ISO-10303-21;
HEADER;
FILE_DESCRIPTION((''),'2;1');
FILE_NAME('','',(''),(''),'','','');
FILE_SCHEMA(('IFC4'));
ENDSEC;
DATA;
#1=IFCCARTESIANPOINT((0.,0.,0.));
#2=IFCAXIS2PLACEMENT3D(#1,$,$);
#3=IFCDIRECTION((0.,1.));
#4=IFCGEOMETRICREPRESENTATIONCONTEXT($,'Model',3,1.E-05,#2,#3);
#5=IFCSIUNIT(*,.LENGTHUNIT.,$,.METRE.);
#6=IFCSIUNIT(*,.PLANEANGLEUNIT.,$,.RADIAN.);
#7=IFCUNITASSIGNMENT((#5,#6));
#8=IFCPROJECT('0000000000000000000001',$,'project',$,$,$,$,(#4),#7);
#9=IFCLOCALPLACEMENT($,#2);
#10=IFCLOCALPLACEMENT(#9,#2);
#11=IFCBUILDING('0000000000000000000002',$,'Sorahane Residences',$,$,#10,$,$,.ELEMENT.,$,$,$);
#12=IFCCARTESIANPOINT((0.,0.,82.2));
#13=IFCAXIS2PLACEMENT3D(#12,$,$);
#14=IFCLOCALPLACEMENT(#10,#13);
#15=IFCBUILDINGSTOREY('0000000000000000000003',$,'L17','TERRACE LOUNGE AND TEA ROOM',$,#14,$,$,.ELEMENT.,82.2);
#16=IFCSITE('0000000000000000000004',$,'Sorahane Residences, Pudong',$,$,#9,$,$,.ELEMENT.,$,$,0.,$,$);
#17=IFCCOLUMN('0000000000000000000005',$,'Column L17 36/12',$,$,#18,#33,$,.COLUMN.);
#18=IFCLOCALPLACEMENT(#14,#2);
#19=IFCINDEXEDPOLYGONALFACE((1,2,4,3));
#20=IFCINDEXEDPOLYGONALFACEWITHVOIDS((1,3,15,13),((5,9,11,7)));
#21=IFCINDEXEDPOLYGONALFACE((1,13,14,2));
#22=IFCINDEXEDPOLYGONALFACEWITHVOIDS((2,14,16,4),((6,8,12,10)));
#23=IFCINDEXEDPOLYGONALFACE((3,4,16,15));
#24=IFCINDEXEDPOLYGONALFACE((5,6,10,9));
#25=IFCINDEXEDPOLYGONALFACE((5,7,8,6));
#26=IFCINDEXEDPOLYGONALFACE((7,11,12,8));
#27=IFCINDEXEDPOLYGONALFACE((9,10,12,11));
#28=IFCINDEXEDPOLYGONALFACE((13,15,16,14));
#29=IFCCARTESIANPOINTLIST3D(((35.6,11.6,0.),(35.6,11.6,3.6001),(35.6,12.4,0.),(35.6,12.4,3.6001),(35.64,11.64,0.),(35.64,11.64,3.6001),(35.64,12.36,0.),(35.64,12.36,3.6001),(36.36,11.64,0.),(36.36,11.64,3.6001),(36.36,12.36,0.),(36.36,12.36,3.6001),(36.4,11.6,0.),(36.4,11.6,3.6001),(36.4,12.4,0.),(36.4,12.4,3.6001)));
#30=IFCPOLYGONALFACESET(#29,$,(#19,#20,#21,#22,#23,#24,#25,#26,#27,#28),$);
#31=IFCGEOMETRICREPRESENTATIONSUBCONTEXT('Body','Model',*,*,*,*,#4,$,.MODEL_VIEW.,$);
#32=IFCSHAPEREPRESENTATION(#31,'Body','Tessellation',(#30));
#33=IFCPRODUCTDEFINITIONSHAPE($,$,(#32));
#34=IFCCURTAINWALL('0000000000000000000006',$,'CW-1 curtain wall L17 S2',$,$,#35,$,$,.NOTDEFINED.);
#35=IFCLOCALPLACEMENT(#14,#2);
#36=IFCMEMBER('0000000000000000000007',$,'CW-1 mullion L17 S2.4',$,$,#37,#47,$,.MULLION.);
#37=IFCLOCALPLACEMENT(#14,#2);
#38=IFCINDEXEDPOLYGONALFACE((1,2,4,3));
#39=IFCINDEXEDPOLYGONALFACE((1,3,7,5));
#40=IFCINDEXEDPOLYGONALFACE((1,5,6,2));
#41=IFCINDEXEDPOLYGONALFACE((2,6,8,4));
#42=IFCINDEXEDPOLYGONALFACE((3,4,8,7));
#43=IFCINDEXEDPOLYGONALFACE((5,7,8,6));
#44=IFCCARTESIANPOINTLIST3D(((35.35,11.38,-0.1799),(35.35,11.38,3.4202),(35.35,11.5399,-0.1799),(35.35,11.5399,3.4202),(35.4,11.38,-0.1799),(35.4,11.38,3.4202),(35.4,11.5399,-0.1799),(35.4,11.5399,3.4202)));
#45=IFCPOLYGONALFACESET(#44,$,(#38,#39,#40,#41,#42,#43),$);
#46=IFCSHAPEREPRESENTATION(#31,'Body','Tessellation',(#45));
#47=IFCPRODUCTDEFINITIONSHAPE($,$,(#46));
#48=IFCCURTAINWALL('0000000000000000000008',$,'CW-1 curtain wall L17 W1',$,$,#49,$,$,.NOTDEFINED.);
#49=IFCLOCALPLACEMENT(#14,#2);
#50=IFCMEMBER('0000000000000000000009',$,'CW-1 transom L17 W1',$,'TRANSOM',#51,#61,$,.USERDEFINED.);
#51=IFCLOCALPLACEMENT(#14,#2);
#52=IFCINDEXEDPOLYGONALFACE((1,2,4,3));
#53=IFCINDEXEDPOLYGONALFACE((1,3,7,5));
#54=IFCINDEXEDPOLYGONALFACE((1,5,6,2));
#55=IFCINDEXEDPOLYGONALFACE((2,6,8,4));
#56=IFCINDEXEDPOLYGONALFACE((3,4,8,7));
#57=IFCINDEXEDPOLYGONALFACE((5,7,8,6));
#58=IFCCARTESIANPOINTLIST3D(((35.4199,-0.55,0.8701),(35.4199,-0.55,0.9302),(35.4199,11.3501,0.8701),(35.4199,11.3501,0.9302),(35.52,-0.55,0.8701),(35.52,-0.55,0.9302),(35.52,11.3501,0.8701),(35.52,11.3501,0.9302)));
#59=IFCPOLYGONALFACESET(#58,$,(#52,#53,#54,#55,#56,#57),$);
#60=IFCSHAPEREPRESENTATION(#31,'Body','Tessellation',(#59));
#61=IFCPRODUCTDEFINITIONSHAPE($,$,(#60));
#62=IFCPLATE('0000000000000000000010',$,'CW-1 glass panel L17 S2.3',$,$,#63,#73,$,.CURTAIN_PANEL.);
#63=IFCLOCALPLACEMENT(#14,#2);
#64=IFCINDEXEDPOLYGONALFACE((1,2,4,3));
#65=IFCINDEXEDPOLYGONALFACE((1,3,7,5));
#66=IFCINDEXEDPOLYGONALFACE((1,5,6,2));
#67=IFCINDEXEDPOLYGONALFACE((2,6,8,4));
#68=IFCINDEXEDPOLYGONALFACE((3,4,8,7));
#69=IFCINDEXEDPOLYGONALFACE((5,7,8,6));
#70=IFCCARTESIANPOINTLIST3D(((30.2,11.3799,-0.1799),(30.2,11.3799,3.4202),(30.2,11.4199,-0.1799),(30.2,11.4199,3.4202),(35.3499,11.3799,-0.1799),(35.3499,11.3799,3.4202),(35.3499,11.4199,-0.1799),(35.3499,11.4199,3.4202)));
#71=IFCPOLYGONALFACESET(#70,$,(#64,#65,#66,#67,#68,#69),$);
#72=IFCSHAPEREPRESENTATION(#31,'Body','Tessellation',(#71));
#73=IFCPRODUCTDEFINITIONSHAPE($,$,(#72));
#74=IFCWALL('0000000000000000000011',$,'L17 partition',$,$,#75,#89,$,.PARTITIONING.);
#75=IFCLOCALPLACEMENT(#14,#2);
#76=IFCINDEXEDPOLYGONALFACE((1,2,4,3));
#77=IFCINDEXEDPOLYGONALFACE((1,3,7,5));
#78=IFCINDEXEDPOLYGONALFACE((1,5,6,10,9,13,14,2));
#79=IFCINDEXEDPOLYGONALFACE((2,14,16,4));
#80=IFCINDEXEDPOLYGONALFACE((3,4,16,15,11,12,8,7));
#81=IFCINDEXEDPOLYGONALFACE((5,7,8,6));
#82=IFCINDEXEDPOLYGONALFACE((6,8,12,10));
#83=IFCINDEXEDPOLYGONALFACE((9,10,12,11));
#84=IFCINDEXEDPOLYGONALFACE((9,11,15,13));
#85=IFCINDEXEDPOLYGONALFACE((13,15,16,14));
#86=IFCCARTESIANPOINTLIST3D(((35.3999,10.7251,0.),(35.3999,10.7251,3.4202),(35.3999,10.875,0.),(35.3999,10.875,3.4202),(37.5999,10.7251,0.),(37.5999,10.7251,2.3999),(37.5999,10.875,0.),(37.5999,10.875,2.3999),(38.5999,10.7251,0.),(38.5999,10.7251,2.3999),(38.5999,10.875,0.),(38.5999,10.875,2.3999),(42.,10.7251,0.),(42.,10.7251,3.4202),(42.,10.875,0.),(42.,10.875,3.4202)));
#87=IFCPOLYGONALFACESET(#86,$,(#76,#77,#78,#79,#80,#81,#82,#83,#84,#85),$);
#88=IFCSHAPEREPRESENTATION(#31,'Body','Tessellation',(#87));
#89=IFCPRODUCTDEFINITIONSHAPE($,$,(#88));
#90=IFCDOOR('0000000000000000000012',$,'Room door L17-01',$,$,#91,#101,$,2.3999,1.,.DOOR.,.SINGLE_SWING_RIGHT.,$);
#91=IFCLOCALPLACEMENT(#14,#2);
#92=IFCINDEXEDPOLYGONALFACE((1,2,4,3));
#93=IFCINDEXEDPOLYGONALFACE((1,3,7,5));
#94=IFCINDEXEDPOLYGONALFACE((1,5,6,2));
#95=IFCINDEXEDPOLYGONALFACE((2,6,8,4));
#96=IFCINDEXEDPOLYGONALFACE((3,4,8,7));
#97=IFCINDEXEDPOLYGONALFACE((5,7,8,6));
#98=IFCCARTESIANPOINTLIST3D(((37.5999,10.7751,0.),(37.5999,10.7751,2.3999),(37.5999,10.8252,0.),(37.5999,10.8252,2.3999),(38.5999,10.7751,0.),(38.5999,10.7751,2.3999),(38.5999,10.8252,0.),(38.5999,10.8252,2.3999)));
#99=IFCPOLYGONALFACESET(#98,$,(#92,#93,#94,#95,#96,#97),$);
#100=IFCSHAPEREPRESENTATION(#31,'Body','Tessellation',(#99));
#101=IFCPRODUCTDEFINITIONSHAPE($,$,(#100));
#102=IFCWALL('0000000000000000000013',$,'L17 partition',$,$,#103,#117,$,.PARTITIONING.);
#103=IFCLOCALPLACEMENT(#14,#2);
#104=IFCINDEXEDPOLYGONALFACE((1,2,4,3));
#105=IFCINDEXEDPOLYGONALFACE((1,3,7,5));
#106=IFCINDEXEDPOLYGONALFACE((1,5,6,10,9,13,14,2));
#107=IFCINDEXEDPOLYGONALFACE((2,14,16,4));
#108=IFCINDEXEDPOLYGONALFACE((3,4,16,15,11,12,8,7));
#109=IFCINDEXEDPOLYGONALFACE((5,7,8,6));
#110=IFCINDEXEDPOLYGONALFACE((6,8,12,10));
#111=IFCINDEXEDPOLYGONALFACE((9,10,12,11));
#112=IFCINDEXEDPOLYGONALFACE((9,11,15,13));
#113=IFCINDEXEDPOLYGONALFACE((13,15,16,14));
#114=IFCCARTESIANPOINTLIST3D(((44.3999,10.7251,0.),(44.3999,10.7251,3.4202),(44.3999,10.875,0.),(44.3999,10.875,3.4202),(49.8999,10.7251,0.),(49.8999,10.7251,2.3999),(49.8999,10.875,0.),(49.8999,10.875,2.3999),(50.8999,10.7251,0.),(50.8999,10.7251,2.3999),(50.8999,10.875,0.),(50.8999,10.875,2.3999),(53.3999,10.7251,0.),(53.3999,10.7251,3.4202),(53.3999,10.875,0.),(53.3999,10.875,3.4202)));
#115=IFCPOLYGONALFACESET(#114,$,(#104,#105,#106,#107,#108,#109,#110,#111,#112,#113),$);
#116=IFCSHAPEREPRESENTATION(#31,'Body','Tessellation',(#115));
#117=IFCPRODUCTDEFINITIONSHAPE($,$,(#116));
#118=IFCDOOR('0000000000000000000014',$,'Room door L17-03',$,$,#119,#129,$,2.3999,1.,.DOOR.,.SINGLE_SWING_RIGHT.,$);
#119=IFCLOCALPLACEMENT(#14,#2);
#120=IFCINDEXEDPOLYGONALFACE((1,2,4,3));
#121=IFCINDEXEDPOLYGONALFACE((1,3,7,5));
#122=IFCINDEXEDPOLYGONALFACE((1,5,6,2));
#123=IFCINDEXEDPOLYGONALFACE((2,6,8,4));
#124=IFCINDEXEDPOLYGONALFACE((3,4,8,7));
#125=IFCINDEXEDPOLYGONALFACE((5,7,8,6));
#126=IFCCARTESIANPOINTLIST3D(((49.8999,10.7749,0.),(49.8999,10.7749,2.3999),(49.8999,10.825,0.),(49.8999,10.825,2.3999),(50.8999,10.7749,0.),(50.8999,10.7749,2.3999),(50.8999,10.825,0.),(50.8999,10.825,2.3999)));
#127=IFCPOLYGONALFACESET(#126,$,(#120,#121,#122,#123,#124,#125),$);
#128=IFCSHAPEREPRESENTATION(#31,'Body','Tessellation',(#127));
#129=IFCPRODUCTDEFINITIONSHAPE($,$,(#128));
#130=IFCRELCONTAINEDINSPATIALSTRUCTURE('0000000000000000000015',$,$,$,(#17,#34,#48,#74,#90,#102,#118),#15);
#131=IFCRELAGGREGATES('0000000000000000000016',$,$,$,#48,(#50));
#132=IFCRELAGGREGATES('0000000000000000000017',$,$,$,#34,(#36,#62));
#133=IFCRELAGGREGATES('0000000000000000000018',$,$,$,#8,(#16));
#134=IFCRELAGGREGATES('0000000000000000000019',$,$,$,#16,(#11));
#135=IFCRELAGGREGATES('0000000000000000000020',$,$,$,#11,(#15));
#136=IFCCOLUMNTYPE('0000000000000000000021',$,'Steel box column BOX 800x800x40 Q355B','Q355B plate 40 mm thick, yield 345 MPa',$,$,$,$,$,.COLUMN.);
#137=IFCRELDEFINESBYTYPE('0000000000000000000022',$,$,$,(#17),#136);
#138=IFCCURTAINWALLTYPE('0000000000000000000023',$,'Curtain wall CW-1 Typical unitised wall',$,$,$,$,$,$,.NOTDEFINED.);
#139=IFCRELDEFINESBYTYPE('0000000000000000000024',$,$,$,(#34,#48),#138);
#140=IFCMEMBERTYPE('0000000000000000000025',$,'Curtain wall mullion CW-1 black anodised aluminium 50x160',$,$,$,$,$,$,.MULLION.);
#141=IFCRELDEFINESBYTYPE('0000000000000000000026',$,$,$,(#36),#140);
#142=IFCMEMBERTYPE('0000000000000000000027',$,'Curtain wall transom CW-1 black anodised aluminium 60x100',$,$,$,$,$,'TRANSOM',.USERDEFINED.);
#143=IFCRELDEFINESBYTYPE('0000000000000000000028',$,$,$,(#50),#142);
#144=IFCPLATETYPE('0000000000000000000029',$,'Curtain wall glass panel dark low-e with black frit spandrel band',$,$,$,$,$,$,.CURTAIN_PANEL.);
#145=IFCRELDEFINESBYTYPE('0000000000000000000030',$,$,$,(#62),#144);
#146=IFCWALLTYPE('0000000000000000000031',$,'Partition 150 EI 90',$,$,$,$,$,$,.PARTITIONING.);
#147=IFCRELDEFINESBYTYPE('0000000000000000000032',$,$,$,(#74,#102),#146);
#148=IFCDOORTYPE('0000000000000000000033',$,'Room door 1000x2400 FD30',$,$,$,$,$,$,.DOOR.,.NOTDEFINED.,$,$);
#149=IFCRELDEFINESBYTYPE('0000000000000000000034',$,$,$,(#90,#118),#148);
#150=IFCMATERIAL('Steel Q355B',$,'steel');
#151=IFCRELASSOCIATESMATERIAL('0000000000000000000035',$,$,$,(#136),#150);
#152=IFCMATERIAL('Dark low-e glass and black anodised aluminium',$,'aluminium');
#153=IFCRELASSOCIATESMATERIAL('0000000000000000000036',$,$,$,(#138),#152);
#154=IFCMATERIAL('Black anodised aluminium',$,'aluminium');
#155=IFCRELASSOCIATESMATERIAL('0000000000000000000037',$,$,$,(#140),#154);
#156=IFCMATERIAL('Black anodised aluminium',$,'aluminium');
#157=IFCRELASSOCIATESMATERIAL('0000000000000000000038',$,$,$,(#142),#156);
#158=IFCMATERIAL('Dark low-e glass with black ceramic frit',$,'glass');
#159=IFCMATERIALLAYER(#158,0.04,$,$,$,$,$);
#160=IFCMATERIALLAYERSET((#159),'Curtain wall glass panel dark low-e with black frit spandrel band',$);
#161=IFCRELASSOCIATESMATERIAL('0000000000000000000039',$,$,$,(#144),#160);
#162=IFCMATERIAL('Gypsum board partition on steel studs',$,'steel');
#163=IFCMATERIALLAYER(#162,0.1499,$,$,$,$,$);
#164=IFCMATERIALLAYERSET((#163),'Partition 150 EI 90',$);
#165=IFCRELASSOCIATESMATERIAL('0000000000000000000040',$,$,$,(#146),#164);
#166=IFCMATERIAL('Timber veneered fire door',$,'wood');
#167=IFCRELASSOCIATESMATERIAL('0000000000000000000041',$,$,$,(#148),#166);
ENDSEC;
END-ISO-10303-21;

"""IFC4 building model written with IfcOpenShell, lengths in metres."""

from ifc_helpers import new_model, si_unit, direction, frame, frame_2d, origin, origin_2d, place, context, subcontext, project, spatial, rectangle, hollow_rectangle, extrude, material, layer, layer_set, material_profile, profile_set, type_object, element, fill, aggregate, save


model = new_model("IFC4")

# Units and contexts
model_context = context("Model", 3, precision=1e-05, world=origin(), true_north=direction((0.0, 1.0)))
body_context = subcontext(model_context, "Body", "Model", "MODEL_VIEW")
ifc_project = project(units=[si_unit("LENGTHUNIT", "METRE"), si_unit("PLANEANGLEUNIT", "RADIAN")], contexts=[model_context])

# Site, building, storey
site_placement = place(None, origin())
site = spatial("IfcSite", under=ifc_project, at=site_placement, Name="Sorahane Residences, Pudong", CompositionType="ELEMENT", RefElevation=0.0)
building_placement = place(site_placement, origin())
building = spatial("IfcBuilding", under=site, at=building_placement, Name="Sorahane Residences", CompositionType="ELEMENT")
storey_placement = place(building_placement, frame((0.0, 0.0, 82.2)))
storey = spatial("IfcBuildingStorey", under=building, at=storey_placement, Name="L17", Description="TERRACE LOUNGE AND TEA ROOM", CompositionType="ELEMENT", Elevation=82.2)

# Column
ifc_material_1 = material(Name="Steel Q355B", Category="steel")
ifc_material_profile_1 = material_profile(ifc_material_1, hollow_rectangle(XDim=0.8, YDim=0.8, WallThickness=0.04, at=origin_2d()), Name="BOX 800x800x40")
ifc_profile_set_1 = profile_set([ifc_material_profile_1], Name="Steel Q355B")
column_type = type_object("IfcColumnType", Name="Steel box column BOX 800x800x40 Q355B", Description="Q355B plate 40 mm thick, yield 345 MPa", PredefinedType="COLUMN", material=ifc_profile_set_1)
column_placement = place(storey_placement, frame((36.0, 12.0, 0.0), z_axis=(0.0, 0.0, 1.0), x_axis=(1.0, 0.0, 0.0)))
element("IfcColumn", 1, at=column_placement, inside=storey, type_object=column_type, Name="Column L17 36/12", PredefinedType="COLUMN", context=body_context, shape_type="SweptSolid", body=[
    extrude(hollow_rectangle(XDim=0.8, YDim=0.8, WallThickness=0.04, at=origin_2d()), origin(), (0.0, 0.0, 1.0), 3.6001),
])

# Curtain walls, members
ifc_material_2 = material(Name="Dark low-e glass and black anodised aluminium", Category="aluminium")
curtain_wall_type = type_object("IfcCurtainWallType", Name="Curtain wall CW-1 Typical unitised wall", PredefinedType="NOTDEFINED", material=ifc_material_2)
curtain_wall_1_placement = place(storey_placement, origin())
curtain_wall_1 = element("IfcCurtainWall", 2, at=curtain_wall_1_placement, inside=storey, type_object=curtain_wall_type, Name="CW-1 curtain wall L17 S2", PredefinedType="NOTDEFINED")
ifc_material_3 = material(Name="Black anodised aluminium", Category="aluminium")
ifc_material_profile_2 = material_profile(ifc_material_3, rectangle(XDim=0.1599, YDim=0.05, at=origin_2d()), Name="Curtain wall mullion CW-1 black anodised aluminium 50x160")
ifc_profile_set_2 = profile_set([ifc_material_profile_2], Name="Black anodised aluminium")
member_type_1 = type_object("IfcMemberType", Name="Curtain wall mullion CW-1 black anodised aluminium 50x160", PredefinedType="MULLION", material=ifc_profile_set_2)
member_1_placement = place(storey_placement, frame((35.375, 11.46, -0.1799), z_axis=(0.0, 0.0, 1.0), x_axis=(0.0, -1.0, 0.0)))
member_1 = element("IfcMember", 3, at=member_1_placement, type_object=member_type_1, Name="CW-1 mullion L17 S2.4", PredefinedType="MULLION", context=body_context, shape_type="SweptSolid", body=[
    extrude(rectangle(XDim=0.1599, YDim=0.05, at=origin_2d()), origin(), (0.0, 0.0, 1.0), 3.6001),
])
curtain_wall_2_placement = place(storey_placement, origin())
curtain_wall_2 = element("IfcCurtainWall", 4, at=curtain_wall_2_placement, inside=storey, type_object=curtain_wall_type, Name="CW-1 curtain wall L17 W1", PredefinedType="NOTDEFINED")
ifc_material_4 = material(Name="Black anodised aluminium", Category="aluminium")
ifc_material_profile_3 = material_profile(ifc_material_4, rectangle(XDim=0.1001, YDim=0.0601, at=origin_2d()), Name="Curtain wall transom CW-1 black anodised aluminium 60x100")
ifc_profile_set_3 = profile_set([ifc_material_profile_3], Name="Black anodised aluminium")
member_type_2 = type_object("IfcMemberType", Name="Curtain wall transom CW-1 black anodised aluminium 60x100", ElementType="TRANSOM", PredefinedType="USERDEFINED", material=ifc_profile_set_3)
member_2_placement = place(storey_placement, frame((35.47, 11.3501, 0.9001), z_axis=(0.0, -1.0, 0.0), x_axis=(1.0, 0.0, 0.0)))
member_2 = element("IfcMember", 5, at=member_2_placement, type_object=member_type_2, Name="CW-1 transom L17 W1", ObjectType="TRANSOM", PredefinedType="USERDEFINED", context=body_context, shape_type="SweptSolid", body=[
    extrude(rectangle(XDim=0.1001, YDim=0.0601, at=origin_2d()), origin(), (0.0, 0.0, 1.0), 11.9001),
])
aggregate(curtain_wall_2, [member_2])

# Plate
ifc_material_5 = material(Name="Dark low-e glass with black ceramic frit", Category="glass")
ifc_layer_1 = layer(ifc_material_5, 0.04)
ifc_layer_set_1 = layer_set([ifc_layer_1], Name="Curtain wall glass panel dark low-e with black frit spandrel band")
plate_type = type_object("IfcPlateType", Name="Curtain wall glass panel dark low-e with black frit spandrel band", PredefinedType="CURTAIN_PANEL", material=ifc_layer_set_1)
plate_placement = place(storey_placement, frame((32.7749, 11.3999, -0.1799), z_axis=(0.0, 0.0, 1.0), x_axis=(1.0, 0.0, 0.0)))
plate = element("IfcPlate", 6, at=plate_placement, type_object=plate_type, Name="CW-1 glass panel L17 S2.3", PredefinedType="CURTAIN_PANEL", context=body_context, shape_type="SweptSolid", body=[
    extrude(rectangle(XDim=5.1499, YDim=0.04, at=origin_2d()), origin(), (0.0, 0.0, 1.0), 3.6001),
])
aggregate(curtain_wall_1, [member_1, plate])

# Walls, openings, doors
ifc_material_6 = material(Name="Gypsum board partition on steel studs", Category="steel")
ifc_layer_2 = layer(ifc_material_6, 0.1499)
ifc_layer_set_2 = layer_set([ifc_layer_2], Name="Partition 150 EI 90")
wall_type_1 = type_object("IfcWallType", Name="Partition 150 EI 90", PredefinedType="PARTITIONING", material=ifc_layer_set_2)
wall_1_placement = place(storey_placement, frame((35.3999, 10.8, 0.0), z_axis=(0.0, 0.0, 1.0), x_axis=(1.0, 0.0, 0.0)))
wall_1 = element("IfcWall", 7, at=wall_1_placement, inside=storey, type_object=wall_type_1, Name="L17 partition", PredefinedType="PARTITIONING", context=body_context, shape_type="SweptSolid", body=[
    extrude(rectangle(XDim=6.6001, YDim=0.1499, at=frame_2d((3.3, 0.0))), origin(), (0.0, 0.0, 1.0), 3.4202),
])
opening_1_placement = place(wall_1_placement, frame((2.2, 0.0, 0.0)))
opening_1 = element("IfcOpeningElement", 8, at=opening_1_placement, cuts=wall_1, PredefinedType="OPENING", context=body_context, shape_type="SweptSolid", body=[
    extrude(rectangle(XDim=1.0, YDim=2.3999, at=frame_2d((0.5, 1.2))), frame((0.0, 0.085, 0.0), z_axis=(0.0, -1.0, 0.0), x_axis=(1.0, 0.0, 0.0)), (0.0, 0.0, 1.0), 0.1699),
])
ifc_material_7 = material(Name="Timber veneered fire door", Category="wood")
door_type_1 = type_object("IfcDoorType", Name="Room door 1000x2400 FD30", OperationType="NOTDEFINED", PredefinedType="DOOR", material=ifc_material_7)
door_1_placement = place(opening_1_placement, frame((1.0, 0.0, 0.0), z_axis=(0.0, 0.0, 1.0), x_axis=(-1.0, 0.0, 0.0)))
door_1 = element("IfcDoor", 9, at=door_1_placement, inside=storey, type_object=door_type_1, Name="Room door L17-01", OperationType="SINGLE_SWING_RIGHT", OverallHeight=2.3999, OverallWidth=1.0, PredefinedType="DOOR", context=body_context, shape_type="SweptSolid", body=[
    extrude(rectangle(XDim=1.0, YDim=2.3999, at=frame_2d((0.5, 1.2))), frame((0.0, 0.0249, 0.0), z_axis=(0.0, -1.0, 0.0), x_axis=(1.0, 0.0, 0.0)), (0.0, 0.0, 1.0), 0.05),
])
fill(opening_1, door_1)
wall_2_placement = place(storey_placement, frame((44.3999, 10.8, 0.0), z_axis=(0.0, 0.0, 1.0), x_axis=(1.0, 0.0, 0.0)))
wall_2 = element("IfcWall", 10, at=wall_2_placement, inside=storey, type_object=wall_type_1, Name="L17 partition", PredefinedType="PARTITIONING", context=body_context, shape_type="SweptSolid", body=[
    extrude(rectangle(XDim=9.0, YDim=0.1499, at=frame_2d((4.5, 0.0))), origin(), (0.0, 0.0, 1.0), 3.4202),
])
opening_2_placement = place(wall_2_placement, frame((5.5, 0.0, 0.0)))
opening_2 = element("IfcOpeningElement", 11, at=opening_2_placement, cuts=wall_2, PredefinedType="OPENING", context=body_context, shape_type="SweptSolid", body=[
    extrude(rectangle(XDim=1.0, YDim=2.3999, at=frame_2d((0.5, 1.2))), frame((0.0, 0.085, 0.0), z_axis=(0.0, -1.0, 0.0), x_axis=(1.0, 0.0, 0.0)), (0.0, 0.0, 1.0), 0.1699),
])
door_2_placement = place(opening_2_placement, origin())
door_2 = element("IfcDoor", 12, at=door_2_placement, inside=storey, type_object=door_type_1, Name="Room door L17-03", OperationType="SINGLE_SWING_RIGHT", OverallHeight=2.3999, OverallWidth=1.0, PredefinedType="DOOR", context=body_context, shape_type="SweptSolid", body=[
    extrude(rectangle(XDim=1.0, YDim=2.3999, at=frame_2d((0.5, 1.2))), frame((0.0, 0.0249, 0.0), z_axis=(0.0, -1.0, 0.0), x_axis=(1.0, 0.0, 0.0)), (0.0, 0.0, 1.0), 0.05),
])
fill(opening_2, door_2)

save(model, "model.ifc")
